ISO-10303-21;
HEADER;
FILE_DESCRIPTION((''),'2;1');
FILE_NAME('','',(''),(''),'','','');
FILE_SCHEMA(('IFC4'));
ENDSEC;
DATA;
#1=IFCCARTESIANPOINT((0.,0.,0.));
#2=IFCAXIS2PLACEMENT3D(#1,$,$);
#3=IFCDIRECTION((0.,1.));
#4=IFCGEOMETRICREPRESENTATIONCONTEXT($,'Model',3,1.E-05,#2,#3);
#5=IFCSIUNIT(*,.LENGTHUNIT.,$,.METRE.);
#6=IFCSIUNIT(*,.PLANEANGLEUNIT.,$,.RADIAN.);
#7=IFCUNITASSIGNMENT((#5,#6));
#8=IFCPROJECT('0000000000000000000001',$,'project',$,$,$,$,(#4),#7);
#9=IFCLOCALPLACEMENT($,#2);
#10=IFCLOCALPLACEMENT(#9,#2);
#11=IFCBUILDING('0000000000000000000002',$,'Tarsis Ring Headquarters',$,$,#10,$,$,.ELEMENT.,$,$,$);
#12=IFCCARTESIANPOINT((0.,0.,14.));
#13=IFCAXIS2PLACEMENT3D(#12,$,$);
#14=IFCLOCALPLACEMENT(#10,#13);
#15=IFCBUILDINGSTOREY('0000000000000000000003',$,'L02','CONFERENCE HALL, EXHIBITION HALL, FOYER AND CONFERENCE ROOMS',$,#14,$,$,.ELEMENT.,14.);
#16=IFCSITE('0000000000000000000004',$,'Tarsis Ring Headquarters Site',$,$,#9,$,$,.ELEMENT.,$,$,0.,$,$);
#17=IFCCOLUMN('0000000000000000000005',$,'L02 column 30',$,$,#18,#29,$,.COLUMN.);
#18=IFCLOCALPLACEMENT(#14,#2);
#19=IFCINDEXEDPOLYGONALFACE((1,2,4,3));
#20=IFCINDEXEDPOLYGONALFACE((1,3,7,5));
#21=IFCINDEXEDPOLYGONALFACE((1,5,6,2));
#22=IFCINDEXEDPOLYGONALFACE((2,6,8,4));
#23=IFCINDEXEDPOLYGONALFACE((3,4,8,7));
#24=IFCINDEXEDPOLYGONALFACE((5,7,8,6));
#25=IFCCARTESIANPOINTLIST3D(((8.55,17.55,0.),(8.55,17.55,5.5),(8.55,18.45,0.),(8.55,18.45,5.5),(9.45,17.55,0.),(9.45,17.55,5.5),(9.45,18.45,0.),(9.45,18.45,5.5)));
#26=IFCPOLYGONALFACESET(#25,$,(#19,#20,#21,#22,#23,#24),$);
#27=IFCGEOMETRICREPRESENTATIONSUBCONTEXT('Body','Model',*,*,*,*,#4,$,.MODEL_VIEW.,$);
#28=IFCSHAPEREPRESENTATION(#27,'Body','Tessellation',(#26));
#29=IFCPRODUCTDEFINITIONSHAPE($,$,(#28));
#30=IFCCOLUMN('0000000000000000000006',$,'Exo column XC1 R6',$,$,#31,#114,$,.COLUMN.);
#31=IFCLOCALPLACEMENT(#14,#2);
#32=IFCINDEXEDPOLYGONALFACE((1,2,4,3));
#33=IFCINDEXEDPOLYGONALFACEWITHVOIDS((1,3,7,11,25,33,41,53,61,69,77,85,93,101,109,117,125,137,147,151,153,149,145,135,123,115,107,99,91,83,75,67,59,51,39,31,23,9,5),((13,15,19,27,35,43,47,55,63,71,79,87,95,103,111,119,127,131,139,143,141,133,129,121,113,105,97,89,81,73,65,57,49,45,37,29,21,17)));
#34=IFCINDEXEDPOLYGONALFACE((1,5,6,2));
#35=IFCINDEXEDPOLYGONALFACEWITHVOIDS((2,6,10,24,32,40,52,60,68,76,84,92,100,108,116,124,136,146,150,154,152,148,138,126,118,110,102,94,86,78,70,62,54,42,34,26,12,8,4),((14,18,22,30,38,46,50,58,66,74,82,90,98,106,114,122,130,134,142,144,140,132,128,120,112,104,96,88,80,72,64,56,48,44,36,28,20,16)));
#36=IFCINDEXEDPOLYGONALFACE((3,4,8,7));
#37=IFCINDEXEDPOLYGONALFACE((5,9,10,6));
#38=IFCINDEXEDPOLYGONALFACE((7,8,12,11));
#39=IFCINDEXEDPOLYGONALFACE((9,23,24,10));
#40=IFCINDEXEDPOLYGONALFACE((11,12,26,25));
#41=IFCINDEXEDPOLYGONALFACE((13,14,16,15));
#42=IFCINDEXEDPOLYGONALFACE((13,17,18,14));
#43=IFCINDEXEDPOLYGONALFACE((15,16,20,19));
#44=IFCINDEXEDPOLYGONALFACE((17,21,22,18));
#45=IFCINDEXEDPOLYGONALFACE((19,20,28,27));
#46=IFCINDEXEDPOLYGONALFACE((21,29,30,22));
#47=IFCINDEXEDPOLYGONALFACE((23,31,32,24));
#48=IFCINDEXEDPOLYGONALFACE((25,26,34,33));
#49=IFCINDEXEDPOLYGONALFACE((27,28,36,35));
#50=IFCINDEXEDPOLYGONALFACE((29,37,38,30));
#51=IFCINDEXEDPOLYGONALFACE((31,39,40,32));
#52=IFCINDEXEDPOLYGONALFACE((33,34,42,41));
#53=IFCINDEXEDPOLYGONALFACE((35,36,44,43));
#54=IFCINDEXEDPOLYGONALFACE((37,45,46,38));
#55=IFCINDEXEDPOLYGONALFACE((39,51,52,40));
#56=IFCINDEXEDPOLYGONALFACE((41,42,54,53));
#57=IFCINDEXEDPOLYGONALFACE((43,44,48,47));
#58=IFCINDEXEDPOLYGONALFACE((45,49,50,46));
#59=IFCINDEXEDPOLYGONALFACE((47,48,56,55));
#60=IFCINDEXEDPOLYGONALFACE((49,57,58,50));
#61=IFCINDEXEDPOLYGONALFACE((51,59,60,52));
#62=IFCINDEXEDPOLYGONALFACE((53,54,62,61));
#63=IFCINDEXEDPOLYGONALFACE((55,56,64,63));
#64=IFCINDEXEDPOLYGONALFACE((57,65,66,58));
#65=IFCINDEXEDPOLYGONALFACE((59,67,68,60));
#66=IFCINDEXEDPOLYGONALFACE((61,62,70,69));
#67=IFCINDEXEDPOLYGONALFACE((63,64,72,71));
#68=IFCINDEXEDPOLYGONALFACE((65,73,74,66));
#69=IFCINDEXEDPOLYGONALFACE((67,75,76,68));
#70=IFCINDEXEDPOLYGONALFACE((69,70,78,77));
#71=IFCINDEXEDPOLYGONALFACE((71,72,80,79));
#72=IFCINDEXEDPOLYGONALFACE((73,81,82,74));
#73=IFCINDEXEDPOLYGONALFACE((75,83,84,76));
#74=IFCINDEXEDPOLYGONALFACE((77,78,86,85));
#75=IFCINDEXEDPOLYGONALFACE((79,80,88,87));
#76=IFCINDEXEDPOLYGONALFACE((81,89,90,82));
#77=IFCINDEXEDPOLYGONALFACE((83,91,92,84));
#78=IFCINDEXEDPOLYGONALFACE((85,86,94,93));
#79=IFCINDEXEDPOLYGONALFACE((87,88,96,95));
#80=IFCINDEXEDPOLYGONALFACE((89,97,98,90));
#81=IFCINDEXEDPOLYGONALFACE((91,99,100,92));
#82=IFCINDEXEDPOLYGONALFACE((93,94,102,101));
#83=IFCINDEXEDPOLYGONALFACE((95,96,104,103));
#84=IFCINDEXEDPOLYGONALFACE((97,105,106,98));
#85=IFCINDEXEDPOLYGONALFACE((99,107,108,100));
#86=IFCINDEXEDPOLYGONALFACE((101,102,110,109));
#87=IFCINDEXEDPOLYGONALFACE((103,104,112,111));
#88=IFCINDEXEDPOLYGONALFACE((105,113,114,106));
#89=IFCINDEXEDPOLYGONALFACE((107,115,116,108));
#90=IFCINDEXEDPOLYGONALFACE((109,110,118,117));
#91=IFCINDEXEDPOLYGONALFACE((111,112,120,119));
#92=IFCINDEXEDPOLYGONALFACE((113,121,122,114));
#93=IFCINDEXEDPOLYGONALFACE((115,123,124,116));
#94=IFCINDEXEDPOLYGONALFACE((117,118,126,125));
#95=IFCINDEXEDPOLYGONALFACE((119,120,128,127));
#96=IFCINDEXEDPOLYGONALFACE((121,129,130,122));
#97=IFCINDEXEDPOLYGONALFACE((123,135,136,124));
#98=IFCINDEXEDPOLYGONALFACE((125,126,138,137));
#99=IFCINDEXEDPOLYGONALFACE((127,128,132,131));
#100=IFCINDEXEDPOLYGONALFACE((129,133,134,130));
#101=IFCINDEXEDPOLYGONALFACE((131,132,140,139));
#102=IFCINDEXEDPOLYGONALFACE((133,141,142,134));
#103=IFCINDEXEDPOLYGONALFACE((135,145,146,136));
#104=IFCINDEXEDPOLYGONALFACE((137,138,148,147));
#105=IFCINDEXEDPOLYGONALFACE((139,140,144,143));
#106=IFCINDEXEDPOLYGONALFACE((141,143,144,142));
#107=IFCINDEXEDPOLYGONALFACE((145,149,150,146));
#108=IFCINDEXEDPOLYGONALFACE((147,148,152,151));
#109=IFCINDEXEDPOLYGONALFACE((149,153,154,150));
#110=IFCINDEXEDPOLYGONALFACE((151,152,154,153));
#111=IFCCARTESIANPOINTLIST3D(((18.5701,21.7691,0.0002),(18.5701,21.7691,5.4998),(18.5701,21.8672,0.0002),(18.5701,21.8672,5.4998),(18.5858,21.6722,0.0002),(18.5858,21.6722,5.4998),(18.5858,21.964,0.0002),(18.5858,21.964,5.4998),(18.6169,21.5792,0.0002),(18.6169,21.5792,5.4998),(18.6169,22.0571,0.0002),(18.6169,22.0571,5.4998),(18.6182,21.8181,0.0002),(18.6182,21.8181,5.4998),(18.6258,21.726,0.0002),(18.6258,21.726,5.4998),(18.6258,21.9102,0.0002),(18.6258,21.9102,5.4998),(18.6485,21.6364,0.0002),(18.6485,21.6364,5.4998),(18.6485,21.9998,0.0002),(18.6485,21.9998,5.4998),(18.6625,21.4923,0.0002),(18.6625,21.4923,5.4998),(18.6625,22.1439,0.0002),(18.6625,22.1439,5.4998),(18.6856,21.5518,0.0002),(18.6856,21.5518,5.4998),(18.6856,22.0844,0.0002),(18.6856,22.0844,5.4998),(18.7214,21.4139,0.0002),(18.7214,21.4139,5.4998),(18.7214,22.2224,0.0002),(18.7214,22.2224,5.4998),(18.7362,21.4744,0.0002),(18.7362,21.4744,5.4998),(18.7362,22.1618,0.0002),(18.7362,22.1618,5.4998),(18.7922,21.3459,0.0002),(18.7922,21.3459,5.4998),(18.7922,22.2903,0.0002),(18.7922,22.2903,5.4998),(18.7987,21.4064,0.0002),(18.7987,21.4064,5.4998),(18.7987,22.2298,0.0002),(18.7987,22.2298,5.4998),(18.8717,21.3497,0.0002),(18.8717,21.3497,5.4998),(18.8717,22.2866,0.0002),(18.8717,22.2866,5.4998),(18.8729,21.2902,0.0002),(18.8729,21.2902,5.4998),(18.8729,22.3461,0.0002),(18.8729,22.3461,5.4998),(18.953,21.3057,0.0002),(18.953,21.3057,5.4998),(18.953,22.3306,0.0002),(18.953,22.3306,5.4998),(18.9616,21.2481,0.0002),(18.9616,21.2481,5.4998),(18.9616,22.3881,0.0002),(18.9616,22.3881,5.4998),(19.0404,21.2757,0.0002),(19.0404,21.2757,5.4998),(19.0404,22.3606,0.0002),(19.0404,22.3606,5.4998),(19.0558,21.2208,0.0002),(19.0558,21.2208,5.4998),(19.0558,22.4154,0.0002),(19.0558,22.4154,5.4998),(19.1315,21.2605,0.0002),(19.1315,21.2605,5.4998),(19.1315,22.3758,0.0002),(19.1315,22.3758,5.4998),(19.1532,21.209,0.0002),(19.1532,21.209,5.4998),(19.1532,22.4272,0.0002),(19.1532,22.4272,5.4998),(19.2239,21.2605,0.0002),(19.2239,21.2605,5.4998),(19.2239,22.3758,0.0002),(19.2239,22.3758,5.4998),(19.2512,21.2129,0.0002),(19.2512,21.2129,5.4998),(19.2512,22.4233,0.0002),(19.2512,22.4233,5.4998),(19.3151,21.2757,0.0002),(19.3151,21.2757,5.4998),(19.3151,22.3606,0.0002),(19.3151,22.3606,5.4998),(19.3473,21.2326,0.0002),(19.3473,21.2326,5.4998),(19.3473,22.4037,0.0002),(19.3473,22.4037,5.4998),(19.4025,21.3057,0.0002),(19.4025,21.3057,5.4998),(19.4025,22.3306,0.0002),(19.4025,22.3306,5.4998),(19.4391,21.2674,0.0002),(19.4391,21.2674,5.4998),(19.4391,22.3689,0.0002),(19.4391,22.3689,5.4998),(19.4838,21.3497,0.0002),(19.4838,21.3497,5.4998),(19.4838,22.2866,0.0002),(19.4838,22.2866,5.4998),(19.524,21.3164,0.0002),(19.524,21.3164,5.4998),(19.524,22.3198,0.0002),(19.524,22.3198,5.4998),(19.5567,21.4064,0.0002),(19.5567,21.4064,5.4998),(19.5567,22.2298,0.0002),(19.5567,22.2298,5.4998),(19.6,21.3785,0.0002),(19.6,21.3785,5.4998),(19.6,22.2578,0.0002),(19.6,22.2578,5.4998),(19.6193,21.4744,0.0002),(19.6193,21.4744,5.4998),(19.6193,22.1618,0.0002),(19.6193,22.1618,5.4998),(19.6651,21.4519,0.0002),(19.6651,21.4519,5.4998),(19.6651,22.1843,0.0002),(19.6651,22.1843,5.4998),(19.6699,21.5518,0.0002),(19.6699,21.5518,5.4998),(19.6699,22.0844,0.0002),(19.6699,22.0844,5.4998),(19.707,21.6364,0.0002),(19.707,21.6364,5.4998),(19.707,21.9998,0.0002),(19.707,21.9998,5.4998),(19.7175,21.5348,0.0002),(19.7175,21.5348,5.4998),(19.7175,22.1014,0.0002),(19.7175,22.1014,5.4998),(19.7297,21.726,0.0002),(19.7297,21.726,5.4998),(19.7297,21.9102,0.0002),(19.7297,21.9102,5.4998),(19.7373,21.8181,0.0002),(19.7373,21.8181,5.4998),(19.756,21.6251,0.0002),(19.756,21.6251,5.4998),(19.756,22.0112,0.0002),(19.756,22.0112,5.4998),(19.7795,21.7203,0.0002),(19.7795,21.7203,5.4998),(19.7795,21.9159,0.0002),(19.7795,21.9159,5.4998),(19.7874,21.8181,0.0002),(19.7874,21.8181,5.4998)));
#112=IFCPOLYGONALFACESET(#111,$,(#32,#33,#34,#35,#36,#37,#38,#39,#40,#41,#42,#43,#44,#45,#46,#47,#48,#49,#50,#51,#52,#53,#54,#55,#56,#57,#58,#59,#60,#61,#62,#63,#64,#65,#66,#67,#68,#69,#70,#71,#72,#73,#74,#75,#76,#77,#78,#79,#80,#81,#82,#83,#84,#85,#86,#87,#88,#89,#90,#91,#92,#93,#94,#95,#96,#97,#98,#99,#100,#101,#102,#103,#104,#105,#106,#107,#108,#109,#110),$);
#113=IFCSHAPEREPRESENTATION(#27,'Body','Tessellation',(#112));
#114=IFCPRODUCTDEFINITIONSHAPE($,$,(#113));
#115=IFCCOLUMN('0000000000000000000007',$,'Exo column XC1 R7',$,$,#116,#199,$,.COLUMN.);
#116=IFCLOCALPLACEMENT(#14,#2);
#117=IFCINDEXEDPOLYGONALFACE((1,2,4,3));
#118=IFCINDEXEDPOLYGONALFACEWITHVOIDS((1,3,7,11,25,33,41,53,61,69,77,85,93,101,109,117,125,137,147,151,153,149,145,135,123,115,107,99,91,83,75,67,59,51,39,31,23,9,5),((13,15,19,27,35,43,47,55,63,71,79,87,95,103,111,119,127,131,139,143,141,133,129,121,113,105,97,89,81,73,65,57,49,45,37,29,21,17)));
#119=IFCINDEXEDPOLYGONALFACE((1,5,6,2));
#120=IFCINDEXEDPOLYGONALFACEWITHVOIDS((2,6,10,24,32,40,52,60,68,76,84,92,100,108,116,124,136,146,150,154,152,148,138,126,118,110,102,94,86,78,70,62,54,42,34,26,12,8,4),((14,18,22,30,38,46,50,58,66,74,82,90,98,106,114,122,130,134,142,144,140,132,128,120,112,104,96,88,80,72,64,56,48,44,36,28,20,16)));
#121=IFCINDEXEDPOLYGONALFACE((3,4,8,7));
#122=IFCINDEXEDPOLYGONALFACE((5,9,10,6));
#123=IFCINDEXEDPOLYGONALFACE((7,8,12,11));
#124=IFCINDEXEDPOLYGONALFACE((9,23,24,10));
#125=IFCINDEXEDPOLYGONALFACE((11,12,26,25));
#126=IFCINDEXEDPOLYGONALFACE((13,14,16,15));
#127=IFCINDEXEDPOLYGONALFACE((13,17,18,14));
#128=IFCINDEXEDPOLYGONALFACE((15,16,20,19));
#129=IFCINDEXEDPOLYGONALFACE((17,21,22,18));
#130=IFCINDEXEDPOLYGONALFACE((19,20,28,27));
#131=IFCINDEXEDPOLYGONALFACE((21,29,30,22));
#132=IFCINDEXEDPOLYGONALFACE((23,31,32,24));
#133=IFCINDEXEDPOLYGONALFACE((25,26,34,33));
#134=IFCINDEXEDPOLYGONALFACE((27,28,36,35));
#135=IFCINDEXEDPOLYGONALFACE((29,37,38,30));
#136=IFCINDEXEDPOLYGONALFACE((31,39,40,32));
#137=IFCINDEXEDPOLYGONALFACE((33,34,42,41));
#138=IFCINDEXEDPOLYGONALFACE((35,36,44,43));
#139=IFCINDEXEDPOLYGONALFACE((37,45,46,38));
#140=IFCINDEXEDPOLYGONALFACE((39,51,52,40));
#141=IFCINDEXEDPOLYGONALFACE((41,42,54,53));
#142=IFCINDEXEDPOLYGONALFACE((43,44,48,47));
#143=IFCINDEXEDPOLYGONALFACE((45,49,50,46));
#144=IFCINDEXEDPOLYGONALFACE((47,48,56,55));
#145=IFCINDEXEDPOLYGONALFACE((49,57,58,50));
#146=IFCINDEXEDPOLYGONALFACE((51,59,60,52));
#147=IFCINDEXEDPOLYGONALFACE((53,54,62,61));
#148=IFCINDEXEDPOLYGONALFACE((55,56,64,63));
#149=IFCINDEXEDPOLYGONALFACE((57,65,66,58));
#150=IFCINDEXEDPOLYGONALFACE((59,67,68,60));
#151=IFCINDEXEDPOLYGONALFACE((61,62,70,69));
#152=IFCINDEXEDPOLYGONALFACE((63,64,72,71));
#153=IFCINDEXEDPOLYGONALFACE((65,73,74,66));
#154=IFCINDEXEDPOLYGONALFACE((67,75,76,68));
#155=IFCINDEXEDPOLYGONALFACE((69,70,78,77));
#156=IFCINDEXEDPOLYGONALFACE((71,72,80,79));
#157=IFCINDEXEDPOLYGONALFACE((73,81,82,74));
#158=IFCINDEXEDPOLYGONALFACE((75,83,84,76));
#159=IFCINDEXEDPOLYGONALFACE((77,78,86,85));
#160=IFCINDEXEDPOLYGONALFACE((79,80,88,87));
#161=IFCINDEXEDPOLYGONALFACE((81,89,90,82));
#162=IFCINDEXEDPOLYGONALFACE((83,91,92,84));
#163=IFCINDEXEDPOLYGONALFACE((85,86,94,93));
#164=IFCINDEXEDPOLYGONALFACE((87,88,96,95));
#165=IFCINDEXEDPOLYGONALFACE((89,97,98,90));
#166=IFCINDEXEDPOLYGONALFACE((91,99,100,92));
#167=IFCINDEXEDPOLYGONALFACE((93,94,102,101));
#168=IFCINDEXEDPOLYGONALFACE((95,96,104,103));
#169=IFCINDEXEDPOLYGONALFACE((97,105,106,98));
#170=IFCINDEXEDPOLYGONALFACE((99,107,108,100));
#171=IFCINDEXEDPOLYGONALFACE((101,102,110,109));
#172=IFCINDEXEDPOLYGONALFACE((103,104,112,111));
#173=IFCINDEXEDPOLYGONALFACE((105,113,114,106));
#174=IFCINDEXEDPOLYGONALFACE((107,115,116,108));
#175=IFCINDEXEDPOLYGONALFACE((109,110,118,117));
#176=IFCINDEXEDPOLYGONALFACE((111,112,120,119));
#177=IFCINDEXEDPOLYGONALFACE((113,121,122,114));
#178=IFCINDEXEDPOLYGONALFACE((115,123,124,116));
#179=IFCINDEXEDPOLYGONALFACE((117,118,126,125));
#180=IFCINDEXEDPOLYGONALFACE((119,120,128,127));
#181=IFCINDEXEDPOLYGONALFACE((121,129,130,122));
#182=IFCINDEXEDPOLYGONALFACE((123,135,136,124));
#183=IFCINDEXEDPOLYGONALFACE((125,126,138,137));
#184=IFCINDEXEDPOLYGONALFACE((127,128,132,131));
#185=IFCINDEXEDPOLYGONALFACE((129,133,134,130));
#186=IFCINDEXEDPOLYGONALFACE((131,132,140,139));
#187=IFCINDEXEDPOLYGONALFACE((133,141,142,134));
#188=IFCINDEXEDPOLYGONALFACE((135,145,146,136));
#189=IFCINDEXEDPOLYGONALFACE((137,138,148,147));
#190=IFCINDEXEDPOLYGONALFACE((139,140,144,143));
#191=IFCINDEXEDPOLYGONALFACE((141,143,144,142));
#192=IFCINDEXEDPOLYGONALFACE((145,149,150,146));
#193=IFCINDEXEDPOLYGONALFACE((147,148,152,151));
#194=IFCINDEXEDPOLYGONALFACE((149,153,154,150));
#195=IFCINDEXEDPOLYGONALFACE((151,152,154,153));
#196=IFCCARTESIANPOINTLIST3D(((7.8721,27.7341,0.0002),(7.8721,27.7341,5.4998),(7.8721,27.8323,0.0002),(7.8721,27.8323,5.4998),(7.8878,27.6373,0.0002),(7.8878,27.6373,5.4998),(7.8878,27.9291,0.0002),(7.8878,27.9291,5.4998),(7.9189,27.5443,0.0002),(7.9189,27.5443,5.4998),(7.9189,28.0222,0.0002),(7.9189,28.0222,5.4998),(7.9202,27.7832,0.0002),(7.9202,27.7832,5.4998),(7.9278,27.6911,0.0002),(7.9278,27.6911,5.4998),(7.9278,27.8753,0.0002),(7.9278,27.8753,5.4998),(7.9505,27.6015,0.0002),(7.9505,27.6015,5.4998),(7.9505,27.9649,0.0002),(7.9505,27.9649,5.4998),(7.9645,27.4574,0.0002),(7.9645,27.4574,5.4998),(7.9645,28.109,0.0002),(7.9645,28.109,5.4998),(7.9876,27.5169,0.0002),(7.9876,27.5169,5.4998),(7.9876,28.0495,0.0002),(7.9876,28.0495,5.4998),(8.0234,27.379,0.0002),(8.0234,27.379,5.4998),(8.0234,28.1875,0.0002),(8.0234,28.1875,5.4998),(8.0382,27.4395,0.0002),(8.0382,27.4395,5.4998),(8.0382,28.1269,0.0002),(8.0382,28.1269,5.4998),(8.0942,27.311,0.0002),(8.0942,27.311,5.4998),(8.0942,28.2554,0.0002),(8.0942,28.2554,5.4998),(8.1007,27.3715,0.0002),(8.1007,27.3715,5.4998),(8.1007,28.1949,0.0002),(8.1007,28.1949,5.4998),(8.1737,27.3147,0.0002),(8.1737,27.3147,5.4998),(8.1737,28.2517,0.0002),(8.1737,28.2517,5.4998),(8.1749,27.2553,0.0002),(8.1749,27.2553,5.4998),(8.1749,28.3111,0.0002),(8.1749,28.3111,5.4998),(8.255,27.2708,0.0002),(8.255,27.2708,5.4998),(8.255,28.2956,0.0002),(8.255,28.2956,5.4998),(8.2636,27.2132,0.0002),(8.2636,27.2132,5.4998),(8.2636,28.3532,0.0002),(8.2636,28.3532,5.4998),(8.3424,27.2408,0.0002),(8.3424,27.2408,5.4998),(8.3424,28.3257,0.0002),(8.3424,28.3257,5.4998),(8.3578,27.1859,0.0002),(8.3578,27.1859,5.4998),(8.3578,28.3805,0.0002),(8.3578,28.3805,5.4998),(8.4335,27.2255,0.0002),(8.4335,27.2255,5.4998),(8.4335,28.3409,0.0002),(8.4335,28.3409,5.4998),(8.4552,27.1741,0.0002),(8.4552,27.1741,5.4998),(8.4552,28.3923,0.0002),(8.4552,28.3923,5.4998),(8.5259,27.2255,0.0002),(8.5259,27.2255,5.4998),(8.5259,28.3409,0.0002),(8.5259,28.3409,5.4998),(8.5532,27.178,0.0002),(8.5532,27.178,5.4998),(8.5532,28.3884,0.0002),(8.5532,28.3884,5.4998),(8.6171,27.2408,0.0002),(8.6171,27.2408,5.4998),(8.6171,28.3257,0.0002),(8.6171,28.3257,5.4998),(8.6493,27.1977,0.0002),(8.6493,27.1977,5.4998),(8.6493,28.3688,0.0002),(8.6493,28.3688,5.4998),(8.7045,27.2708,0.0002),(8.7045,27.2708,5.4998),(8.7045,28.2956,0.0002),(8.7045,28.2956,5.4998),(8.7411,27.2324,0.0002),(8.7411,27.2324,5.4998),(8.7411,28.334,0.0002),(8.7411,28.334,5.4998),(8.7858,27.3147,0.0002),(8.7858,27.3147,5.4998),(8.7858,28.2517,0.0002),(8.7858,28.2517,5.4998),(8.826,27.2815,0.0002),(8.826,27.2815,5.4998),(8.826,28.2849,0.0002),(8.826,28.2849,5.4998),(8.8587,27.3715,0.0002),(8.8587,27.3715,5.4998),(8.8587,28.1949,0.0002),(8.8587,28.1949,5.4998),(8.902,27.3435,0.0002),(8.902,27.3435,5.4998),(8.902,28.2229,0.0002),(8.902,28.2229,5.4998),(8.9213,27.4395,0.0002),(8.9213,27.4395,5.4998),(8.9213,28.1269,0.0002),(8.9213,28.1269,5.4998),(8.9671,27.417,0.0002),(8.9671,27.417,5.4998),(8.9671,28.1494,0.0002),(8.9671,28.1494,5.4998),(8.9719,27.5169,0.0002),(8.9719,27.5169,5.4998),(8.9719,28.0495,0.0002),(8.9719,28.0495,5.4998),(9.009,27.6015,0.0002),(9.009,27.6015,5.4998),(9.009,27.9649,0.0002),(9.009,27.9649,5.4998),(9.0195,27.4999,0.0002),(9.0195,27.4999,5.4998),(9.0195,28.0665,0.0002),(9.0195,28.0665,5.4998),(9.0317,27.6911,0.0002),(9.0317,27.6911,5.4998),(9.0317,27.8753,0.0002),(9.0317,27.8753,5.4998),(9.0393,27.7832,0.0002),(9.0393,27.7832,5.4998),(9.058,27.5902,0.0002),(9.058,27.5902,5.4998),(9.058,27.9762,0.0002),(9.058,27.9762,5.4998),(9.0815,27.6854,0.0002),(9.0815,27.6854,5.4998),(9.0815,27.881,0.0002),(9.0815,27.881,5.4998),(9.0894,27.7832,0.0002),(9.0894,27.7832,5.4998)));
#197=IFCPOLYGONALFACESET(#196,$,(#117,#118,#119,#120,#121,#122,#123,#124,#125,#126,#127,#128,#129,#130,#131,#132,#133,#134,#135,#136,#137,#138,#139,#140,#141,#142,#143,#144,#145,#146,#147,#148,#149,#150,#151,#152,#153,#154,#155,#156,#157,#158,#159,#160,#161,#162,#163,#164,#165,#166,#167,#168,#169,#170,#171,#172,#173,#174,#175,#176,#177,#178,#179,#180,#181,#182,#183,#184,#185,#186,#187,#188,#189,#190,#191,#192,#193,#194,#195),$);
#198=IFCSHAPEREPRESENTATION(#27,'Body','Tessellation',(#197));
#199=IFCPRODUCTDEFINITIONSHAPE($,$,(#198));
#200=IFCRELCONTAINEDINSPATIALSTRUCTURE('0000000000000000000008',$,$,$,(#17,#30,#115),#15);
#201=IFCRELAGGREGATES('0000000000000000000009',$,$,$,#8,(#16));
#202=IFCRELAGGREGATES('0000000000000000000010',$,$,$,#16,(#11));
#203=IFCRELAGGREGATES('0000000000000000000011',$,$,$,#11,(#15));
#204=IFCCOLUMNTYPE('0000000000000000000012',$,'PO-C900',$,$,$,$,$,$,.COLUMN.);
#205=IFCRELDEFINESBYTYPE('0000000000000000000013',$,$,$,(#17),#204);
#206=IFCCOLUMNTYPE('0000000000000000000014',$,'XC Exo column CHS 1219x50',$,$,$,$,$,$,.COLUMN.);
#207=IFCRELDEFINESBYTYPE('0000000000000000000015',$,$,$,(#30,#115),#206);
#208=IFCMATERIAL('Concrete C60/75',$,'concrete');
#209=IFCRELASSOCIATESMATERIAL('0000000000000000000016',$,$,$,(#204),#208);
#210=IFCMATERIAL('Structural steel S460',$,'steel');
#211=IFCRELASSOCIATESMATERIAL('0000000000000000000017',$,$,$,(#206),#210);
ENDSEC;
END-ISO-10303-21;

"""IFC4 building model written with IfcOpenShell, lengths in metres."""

from ifc_helpers import new_model, si_unit, direction, frame, origin, origin_2d, place, context, subcontext, project, spatial, rectangle, hollow_circle, extrude, material, material_profile, profile_set, type_object, element, save


model = new_model("IFC4")

# Units and contexts
model_context = context("Model", 3, precision=1e-05, world=origin(), true_north=direction((0.0, 1.0)))
body_context = subcontext(model_context, "Body", "Model", "MODEL_VIEW")
ifc_project = project(units=[si_unit("LENGTHUNIT", "METRE"), si_unit("PLANEANGLEUNIT", "RADIAN")], contexts=[model_context])

# Site, building, storey
site_placement = place(None, origin())
site = spatial("IfcSite", under=ifc_project, at=site_placement, Name="Tarsis Ring Headquarters Site", CompositionType="ELEMENT", RefElevation=0.0)
building_placement = place(site_placement, origin())
building = spatial("IfcBuilding", under=site, at=building_placement, Name="Tarsis Ring Headquarters", CompositionType="ELEMENT")
storey_placement = place(building_placement, frame((0.0, 0.0, 14.0)))
storey = spatial("IfcBuildingStorey", under=building, at=storey_placement, Name="L02", Description="CONFERENCE HALL, EXHIBITION HALL, FOYER AND CONFERENCE ROOMS", CompositionType="ELEMENT", Elevation=14.0)

# Columns
ifc_material_1 = material(Name="Concrete C60/75", Category="concrete")
ifc_material_profile_1 = material_profile(ifc_material_1, rectangle(XDim=0.8999, YDim=0.8999, at=origin_2d()), Name="PO-C900")
ifc_profile_set_1 = profile_set([ifc_material_profile_1], Name="Concrete C60/75")
column_type_1 = type_object("IfcColumnType", Name="PO-C900", PredefinedType="COLUMN", material=ifc_profile_set_1)
column_placement = place(storey_placement, frame((9.0, 18.0, 0.0), z_axis=(0.0, 0.0, 1.0), x_axis=(1.0, 0.0, 0.0)))
element("IfcColumn", 1, at=column_placement, inside=storey, type_object=column_type_1, Name="L02 column 30", PredefinedType="COLUMN", context=body_context, shape_type="SweptSolid", body=[
    extrude(rectangle(XDim=0.8999, YDim=0.8999, at=origin_2d()), origin(), (0.0, 0.0, 1.0), 5.5),
])
ifc_material_2 = material(Name="Structural steel S460", Category="steel")
ifc_material_profile_2 = material_profile(ifc_material_2, hollow_circle(Radius=0.6096, WallThickness=0.05, at=origin_2d()), Name="CHS 1219x50")
ifc_profile_set_2 = profile_set([ifc_material_profile_2], Name="Structural steel S460")
column_type_2 = type_object("IfcColumnType", Name="XC Exo column CHS 1219x50", PredefinedType="COLUMN", material=ifc_profile_set_2)
for number, where, z_axis, x_axis, name in (
    (2, (19.1777, 21.8181, 0.0002), (0.0, 0.0, 1.0), (1.0, 0.0, 0.0), "Exo column XC1 R6"),
    (3, (8.4797, 27.7832, 0.0002), (0.0, 0.0, 1.0), (1.0, 0.0, 0.0), "Exo column XC1 R7"),
):
    element("IfcColumn", number, at=place(storey_placement, frame(where, z_axis=z_axis, x_axis=x_axis)), inside=storey, type_object=column_type_2, Name=name, PredefinedType="COLUMN", context=body_context, shape_type="SweptSolid", body=[
        extrude(hollow_circle(Radius=0.6096, WallThickness=0.05, at=origin_2d()), origin(), (0.0, 0.0, 1.0), 5.4995),
    ])

save(model, "model.ifc")
